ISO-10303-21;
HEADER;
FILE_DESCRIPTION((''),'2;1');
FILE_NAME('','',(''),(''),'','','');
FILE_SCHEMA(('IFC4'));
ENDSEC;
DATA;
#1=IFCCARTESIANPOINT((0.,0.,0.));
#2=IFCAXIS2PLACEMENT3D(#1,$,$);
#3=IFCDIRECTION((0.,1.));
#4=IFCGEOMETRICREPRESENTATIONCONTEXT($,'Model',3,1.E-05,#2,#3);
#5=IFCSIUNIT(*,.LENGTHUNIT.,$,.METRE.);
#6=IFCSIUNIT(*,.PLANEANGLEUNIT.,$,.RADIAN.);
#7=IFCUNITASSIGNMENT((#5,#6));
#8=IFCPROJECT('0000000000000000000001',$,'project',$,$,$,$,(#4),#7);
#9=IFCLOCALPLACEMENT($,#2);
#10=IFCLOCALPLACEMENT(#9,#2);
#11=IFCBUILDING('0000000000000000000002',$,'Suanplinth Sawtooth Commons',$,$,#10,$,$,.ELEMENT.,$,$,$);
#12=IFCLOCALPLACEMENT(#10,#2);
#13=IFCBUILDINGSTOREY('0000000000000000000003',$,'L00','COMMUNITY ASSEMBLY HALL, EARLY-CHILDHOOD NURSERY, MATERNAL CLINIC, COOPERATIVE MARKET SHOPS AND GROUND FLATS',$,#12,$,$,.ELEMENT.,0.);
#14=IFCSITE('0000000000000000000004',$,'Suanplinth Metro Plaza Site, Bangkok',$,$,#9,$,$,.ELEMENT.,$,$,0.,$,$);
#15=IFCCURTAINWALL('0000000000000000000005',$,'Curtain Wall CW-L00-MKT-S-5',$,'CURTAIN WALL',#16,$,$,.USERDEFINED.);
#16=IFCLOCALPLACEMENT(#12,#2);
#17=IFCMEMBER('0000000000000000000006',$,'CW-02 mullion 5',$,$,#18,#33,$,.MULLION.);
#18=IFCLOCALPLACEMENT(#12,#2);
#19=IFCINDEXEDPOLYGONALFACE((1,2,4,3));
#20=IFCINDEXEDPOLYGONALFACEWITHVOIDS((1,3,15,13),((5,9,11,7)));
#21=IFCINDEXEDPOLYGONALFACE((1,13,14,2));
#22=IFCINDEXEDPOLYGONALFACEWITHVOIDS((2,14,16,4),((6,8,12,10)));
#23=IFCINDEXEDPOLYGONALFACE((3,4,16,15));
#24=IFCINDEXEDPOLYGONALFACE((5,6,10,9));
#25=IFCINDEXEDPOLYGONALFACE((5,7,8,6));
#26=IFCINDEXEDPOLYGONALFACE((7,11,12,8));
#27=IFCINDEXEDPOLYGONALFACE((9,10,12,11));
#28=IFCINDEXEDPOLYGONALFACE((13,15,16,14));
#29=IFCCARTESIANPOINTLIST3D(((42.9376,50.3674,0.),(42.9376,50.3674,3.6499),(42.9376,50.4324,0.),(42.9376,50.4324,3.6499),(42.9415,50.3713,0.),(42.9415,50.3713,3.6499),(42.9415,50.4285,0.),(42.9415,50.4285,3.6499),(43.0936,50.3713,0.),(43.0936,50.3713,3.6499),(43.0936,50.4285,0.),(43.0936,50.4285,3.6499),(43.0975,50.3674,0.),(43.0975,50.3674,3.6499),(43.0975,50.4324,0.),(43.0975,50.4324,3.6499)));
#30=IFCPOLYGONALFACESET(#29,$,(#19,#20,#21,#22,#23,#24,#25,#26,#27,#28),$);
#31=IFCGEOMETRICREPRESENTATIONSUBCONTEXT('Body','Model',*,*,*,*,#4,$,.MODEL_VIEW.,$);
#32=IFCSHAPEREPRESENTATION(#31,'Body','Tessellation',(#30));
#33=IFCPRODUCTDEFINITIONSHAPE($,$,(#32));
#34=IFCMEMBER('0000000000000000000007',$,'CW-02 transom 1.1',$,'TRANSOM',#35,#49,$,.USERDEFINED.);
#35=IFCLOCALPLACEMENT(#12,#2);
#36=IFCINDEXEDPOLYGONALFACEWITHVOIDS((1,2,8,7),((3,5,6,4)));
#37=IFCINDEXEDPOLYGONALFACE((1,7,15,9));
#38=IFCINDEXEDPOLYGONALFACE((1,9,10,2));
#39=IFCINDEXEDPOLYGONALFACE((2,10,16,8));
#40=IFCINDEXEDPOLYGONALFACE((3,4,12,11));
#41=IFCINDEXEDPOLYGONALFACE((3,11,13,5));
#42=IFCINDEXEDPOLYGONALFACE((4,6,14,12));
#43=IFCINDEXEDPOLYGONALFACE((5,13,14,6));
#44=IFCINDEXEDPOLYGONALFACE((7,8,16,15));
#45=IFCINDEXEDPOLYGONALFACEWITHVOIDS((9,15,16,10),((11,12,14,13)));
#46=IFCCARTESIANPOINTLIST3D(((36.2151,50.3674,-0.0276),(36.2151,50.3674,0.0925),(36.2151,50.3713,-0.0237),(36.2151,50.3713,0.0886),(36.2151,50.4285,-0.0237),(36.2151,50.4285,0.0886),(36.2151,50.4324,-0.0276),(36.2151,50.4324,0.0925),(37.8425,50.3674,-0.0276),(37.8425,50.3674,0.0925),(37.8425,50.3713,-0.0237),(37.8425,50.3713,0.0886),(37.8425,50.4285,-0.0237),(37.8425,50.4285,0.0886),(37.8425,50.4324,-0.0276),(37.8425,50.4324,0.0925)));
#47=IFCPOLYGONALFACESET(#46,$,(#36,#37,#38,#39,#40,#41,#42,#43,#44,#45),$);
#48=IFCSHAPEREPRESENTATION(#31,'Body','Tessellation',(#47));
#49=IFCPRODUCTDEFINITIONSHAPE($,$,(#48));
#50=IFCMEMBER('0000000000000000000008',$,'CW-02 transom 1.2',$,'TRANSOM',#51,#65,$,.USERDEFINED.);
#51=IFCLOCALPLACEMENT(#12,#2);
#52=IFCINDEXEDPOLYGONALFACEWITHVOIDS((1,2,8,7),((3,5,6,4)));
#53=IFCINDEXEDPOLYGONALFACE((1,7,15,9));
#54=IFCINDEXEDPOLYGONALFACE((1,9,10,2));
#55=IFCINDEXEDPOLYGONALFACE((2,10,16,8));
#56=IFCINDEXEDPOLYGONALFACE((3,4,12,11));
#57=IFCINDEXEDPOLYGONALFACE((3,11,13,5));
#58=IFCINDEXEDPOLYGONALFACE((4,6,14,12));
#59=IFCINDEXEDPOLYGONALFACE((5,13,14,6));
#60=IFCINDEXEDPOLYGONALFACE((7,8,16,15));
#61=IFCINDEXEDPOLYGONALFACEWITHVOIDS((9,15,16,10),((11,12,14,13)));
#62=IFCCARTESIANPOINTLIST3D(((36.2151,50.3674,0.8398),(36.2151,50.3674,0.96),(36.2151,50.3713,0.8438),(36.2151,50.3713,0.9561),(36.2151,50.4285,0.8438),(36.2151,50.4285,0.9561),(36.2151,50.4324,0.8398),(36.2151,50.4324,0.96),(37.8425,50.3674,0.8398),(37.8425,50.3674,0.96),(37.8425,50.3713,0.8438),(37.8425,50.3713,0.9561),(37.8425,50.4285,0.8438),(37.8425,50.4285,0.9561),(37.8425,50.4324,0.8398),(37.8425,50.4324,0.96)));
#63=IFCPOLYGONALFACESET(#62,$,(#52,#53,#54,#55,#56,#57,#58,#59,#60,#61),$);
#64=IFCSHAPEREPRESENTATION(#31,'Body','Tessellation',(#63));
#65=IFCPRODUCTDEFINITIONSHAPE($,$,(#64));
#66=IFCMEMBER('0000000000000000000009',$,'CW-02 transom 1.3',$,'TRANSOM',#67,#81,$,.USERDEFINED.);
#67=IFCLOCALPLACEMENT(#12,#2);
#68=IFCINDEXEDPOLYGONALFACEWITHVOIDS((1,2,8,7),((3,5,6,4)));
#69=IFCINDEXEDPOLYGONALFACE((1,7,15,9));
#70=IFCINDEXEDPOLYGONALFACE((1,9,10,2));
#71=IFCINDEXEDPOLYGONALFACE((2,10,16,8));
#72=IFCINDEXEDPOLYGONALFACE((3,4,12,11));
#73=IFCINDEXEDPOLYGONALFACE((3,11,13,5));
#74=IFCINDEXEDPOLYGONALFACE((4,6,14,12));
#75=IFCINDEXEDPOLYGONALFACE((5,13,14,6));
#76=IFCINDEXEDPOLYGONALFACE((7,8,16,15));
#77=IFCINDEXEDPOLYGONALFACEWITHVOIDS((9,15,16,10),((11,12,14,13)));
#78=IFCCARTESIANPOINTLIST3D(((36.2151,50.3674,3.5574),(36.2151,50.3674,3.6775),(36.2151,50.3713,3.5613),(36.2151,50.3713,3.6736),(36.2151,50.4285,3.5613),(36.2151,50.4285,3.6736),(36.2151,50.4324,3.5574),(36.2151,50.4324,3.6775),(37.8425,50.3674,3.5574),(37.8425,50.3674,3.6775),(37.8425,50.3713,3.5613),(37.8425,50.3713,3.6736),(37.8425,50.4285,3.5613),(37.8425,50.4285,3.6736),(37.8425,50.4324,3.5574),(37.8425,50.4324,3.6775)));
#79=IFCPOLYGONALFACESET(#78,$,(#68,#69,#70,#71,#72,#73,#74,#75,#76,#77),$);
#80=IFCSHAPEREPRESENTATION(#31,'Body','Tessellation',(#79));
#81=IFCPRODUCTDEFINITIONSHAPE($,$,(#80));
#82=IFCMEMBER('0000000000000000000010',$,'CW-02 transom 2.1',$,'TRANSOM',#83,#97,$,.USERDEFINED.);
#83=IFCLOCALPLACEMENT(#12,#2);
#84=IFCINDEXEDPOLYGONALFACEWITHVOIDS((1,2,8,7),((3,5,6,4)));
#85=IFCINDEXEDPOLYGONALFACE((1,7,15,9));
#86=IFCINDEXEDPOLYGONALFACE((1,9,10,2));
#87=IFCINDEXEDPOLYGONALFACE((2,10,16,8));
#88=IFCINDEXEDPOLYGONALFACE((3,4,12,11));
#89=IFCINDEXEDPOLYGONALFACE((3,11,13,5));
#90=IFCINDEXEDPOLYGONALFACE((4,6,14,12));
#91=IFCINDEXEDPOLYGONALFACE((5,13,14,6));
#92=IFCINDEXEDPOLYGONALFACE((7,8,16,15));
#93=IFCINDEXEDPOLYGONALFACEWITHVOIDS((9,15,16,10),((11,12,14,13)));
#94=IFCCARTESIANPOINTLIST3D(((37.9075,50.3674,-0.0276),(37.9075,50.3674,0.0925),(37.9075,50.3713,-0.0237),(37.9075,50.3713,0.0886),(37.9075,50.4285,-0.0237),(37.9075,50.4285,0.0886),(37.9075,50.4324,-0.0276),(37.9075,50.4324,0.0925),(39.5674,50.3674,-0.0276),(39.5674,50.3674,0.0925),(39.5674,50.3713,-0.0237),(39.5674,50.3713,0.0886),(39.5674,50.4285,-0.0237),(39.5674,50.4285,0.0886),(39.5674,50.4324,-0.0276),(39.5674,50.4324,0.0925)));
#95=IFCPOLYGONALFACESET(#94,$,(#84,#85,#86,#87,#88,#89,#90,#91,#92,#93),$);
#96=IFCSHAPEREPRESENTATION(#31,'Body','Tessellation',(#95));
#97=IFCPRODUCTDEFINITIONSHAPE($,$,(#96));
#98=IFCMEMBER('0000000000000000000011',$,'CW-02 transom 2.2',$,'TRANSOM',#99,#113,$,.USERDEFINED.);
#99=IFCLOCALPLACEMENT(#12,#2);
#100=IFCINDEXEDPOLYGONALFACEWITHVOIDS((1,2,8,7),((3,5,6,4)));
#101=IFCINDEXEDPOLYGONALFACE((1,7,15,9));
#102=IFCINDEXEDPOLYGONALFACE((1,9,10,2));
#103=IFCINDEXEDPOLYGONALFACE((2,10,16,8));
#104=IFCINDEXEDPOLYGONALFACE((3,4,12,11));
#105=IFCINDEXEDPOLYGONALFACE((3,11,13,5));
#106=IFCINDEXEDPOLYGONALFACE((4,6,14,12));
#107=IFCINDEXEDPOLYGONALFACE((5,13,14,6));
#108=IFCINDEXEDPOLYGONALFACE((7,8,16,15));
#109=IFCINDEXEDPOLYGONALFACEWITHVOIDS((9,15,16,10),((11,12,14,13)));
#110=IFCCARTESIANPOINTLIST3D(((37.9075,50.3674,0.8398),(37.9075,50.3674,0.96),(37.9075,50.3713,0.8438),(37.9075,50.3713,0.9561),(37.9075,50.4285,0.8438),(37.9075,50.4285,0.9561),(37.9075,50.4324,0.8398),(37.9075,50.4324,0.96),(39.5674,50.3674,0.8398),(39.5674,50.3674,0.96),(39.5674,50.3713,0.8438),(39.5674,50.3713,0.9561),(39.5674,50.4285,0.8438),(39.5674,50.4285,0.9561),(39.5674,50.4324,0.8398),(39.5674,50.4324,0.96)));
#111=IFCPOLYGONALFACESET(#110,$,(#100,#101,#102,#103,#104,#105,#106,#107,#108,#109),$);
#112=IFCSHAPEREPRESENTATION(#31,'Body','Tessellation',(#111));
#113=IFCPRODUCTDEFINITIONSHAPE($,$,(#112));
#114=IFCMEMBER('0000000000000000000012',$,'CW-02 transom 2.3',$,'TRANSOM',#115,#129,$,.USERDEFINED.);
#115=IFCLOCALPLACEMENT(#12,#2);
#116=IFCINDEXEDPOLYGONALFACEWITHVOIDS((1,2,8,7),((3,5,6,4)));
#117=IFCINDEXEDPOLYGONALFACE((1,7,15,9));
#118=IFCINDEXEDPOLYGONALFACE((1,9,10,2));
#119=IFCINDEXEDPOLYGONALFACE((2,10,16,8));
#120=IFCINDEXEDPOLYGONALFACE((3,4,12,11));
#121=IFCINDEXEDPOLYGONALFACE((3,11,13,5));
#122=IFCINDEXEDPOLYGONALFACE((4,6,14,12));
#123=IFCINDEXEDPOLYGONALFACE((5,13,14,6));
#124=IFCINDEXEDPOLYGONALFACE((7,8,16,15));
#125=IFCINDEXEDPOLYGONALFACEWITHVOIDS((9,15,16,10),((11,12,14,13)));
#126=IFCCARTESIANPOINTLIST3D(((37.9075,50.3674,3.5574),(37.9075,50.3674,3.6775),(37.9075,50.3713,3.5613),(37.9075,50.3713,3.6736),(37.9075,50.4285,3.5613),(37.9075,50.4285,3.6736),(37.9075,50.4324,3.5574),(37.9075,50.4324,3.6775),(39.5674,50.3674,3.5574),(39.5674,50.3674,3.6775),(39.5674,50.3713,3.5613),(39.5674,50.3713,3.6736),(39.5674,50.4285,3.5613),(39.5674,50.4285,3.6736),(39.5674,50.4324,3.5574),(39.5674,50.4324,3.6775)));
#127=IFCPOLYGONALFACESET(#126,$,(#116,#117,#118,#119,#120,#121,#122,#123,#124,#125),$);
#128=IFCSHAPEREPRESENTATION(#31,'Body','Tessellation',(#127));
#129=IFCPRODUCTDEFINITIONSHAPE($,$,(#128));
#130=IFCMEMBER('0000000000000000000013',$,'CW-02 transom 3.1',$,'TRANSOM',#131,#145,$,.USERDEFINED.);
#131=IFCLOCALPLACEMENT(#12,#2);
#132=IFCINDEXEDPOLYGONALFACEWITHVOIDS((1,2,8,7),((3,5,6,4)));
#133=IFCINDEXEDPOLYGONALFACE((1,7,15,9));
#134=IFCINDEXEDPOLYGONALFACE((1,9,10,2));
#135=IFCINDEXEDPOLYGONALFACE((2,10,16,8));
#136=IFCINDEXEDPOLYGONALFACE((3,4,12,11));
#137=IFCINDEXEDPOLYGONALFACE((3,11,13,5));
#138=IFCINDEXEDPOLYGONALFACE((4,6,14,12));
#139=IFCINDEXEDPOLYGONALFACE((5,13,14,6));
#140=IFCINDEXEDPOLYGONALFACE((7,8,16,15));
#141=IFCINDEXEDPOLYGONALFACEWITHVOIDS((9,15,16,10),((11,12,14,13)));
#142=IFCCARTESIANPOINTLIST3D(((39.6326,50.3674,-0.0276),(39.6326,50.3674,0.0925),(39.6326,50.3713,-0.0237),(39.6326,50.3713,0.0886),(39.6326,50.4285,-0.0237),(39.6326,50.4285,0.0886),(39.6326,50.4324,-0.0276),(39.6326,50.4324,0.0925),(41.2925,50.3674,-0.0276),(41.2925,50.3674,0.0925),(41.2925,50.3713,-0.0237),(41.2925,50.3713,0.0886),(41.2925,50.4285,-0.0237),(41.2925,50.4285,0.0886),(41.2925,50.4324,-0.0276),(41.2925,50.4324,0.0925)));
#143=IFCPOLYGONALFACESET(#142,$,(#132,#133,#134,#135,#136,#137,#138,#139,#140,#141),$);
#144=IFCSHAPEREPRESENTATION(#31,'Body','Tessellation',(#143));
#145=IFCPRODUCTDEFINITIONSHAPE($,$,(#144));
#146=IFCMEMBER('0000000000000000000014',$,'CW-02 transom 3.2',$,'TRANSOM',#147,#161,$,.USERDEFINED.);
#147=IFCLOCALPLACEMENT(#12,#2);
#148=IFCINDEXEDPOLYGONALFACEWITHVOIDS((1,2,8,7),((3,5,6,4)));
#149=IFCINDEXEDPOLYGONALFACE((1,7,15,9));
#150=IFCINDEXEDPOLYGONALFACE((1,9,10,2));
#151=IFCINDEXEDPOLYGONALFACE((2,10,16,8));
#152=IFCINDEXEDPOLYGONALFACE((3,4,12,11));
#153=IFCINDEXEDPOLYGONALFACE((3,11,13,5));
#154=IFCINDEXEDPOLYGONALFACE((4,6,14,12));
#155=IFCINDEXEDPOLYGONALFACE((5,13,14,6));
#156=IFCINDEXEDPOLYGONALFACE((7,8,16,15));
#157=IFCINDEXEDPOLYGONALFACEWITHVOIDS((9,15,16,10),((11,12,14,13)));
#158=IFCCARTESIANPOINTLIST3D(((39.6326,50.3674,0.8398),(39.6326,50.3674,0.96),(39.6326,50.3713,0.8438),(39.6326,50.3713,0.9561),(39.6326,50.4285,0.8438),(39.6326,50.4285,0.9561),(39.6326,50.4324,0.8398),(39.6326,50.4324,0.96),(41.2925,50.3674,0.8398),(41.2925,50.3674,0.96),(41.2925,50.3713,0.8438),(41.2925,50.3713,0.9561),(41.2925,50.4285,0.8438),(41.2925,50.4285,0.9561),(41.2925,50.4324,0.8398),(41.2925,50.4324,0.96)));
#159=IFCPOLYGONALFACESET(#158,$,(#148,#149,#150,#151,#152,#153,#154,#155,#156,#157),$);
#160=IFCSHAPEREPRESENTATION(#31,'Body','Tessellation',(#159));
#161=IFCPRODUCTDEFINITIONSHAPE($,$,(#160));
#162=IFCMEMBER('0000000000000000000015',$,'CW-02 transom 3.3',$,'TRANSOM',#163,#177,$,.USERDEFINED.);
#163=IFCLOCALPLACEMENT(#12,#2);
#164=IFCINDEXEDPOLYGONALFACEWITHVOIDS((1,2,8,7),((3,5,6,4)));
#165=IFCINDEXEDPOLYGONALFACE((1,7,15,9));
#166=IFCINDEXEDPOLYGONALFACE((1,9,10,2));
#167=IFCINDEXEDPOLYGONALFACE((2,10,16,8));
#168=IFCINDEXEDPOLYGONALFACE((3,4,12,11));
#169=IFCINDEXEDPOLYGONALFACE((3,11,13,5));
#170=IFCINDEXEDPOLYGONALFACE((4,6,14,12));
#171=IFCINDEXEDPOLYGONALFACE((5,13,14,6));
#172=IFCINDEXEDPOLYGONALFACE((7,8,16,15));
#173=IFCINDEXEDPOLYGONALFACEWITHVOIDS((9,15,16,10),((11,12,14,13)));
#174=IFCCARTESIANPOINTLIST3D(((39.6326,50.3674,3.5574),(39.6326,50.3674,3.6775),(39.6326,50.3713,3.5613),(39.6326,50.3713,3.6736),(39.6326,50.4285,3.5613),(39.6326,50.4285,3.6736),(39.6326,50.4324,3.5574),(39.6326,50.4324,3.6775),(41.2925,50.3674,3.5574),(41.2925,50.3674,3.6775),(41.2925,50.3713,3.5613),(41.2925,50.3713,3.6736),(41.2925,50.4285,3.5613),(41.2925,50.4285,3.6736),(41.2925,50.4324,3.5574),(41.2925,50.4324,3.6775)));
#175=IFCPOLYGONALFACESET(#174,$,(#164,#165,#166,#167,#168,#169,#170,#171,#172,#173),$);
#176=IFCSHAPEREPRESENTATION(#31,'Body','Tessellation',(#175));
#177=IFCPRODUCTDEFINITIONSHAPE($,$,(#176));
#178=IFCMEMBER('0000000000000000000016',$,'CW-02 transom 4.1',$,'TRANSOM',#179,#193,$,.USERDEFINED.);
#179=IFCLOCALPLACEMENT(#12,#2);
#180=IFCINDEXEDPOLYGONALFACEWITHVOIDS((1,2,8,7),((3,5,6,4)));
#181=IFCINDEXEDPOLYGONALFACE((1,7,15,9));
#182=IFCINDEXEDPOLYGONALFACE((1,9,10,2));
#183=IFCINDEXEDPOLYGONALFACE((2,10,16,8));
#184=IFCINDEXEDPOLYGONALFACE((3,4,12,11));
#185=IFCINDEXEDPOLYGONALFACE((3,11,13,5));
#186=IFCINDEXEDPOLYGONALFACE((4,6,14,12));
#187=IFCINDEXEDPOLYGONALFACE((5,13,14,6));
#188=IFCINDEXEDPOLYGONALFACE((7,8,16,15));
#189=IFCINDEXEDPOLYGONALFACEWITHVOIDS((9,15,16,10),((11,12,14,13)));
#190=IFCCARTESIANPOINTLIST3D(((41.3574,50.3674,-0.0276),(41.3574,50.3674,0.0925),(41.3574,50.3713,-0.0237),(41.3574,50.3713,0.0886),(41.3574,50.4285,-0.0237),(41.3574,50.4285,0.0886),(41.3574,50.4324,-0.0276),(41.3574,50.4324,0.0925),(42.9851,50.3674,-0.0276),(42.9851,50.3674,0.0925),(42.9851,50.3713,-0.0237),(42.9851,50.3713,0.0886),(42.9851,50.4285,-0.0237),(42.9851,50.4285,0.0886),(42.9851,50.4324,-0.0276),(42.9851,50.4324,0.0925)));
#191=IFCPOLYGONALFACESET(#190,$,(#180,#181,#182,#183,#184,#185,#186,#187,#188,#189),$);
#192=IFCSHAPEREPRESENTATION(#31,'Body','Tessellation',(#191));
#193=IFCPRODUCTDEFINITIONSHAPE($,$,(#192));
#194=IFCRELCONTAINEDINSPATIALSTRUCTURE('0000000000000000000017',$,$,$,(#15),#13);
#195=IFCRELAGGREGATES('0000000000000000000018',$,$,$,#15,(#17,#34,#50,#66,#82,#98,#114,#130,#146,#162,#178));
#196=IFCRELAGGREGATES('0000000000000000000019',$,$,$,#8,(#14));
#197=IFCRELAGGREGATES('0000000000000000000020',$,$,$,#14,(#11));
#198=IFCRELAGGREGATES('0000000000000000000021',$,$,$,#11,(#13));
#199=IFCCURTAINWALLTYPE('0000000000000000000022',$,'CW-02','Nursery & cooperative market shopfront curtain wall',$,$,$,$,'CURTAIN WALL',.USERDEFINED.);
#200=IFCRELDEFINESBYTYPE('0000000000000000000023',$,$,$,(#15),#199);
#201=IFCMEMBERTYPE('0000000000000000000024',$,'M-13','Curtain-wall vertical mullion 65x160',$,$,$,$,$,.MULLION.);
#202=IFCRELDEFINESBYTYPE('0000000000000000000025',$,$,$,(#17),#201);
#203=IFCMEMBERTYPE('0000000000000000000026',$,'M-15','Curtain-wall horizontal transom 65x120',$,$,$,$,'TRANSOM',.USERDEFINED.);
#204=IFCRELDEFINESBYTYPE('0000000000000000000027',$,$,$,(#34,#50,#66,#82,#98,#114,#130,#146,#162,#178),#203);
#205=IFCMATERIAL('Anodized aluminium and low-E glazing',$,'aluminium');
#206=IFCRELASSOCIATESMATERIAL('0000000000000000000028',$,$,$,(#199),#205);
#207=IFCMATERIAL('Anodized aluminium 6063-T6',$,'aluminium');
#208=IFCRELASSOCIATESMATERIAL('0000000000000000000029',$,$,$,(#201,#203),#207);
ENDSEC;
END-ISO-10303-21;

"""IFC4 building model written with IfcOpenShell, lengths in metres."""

from ifc_helpers import new_model, si_unit, direction, frame, origin, origin_2d, place, context, subcontext, project, spatial, hollow_rectangle, extrude, material, material_profile, profile_set, type_object, element, aggregate, save


model = new_model("IFC4")

# Units and contexts
model_context = context("Model", 3, precision=1e-05, world=origin(), true_north=direction((0.0, 1.0)))
body_context = subcontext(model_context, "Body", "Model", "MODEL_VIEW")
ifc_project = project(units=[si_unit("LENGTHUNIT", "METRE"), si_unit("PLANEANGLEUNIT", "RADIAN")], contexts=[model_context])

# Site, building, storey
site_placement = place(None, origin())
site = spatial("IfcSite", under=ifc_project, at=site_placement, Name="Suanplinth Metro Plaza Site, Bangkok", CompositionType="ELEMENT", RefElevation=0.0)
building_placement = place(site_placement, origin())
building = spatial("IfcBuilding", under=site, at=building_placement, Name="Suanplinth Sawtooth Commons", CompositionType="ELEMENT")
storey_placement = place(building_placement, origin())
storey = spatial("IfcBuildingStorey", under=building, at=storey_placement, Name="L00", Description="COMMUNITY ASSEMBLY HALL, EARLY-CHILDHOOD NURSERY, MATERNAL CLINIC, COOPERATIVE MARKET SHOPS AND GROUND FLATS", CompositionType="ELEMENT", Elevation=0.0)

# Shared definitions
ifc_material_1 = material(Name="Anodized aluminium and low-E glazing", Category="aluminium")
curtain_wall_type = type_object("IfcCurtainWallType", Name="CW-02", Description="Nursery & cooperative market shopfront curtain wall", ElementType="CURTAIN WALL", PredefinedType="USERDEFINED", material=ifc_material_1)
ifc_material_2 = material(Name="Anodized aluminium 6063-T6", Category="aluminium")
ifc_material_profile_1 = material_profile(ifc_material_2, hollow_rectangle(XDim=0.0649, YDim=0.1599, WallThickness=0.0039, at=origin_2d()), Name="ALU-MUL 65x160")
ifc_profile_set_1 = profile_set([ifc_material_profile_1], Name="Anodized aluminium 6063-T6")
member_type_1 = type_object("IfcMemberType", Name="M-13", Description="Curtain-wall vertical mullion 65x160", PredefinedType="MULLION", material=ifc_profile_set_1)

# Curtain wall, members
curtain_wall_1_placement = place(storey_placement, origin())
curtain_wall_1 = element("IfcCurtainWall", 1, at=curtain_wall_1_placement, inside=storey, type_object=curtain_wall_type, Name="Curtain Wall CW-L00-MKT-S-5", ObjectType="CURTAIN WALL", PredefinedType="USERDEFINED")
member_1_placement = place(storey_placement, frame((43.0176, 50.3999, 0.0), z_axis=(0.0, 0.0, 1.0), x_axis=(0.0, 1.0, 0.0)))
member_1 = element("IfcMember", 2, at=member_1_placement, type_object=member_type_1, Name="CW-02 mullion 5", PredefinedType="MULLION", context=body_context, shape_type="SweptSolid", body=[
    extrude(hollow_rectangle(XDim=0.0649, YDim=0.1599, WallThickness=0.0039, at=origin_2d()), origin(), (0.0, 0.0, 1.0), 3.6499),
])
ifc_material_profile_2 = material_profile(ifc_material_2, hollow_rectangle(XDim=0.0649, YDim=0.1201, WallThickness=0.0039, at=origin_2d()), Name="ALU-TRN 65x120")
ifc_profile_set_2 = profile_set([ifc_material_profile_2], Name="Anodized aluminium 6063-T6")
member_type_2 = type_object("IfcMemberType", Name="M-15", Description="Curtain-wall horizontal transom 65x120", ElementType="TRANSOM", PredefinedType="USERDEFINED", material=ifc_profile_set_2)
member_2_placement = place(storey_placement, frame((36.2151, 50.3999, 0.0325), z_axis=(1.0, 0.0, 0.0), x_axis=(0.0, 1.0, 0.0)))
member_2 = element("IfcMember", 3, at=member_2_placement, type_object=member_type_2, Name="CW-02 transom 1.1", ObjectType="TRANSOM", PredefinedType="USERDEFINED", context=body_context, shape_type="SweptSolid", body=[
    extrude(hollow_rectangle(XDim=0.0649, YDim=0.1201, WallThickness=0.0039, at=origin_2d()), origin(), (0.0, 0.0, 1.0), 1.6274),
])
member_3_placement = place(storey_placement, frame((36.2151, 50.3999, 0.8999), z_axis=(1.0, 0.0, 0.0), x_axis=(0.0, 1.0, 0.0)))
member_3 = element("IfcMember", 4, at=member_3_placement, type_object=member_type_2, Name="CW-02 transom 1.2", ObjectType="TRANSOM", PredefinedType="USERDEFINED", context=body_context, shape_type="SweptSolid", body=[
    extrude(hollow_rectangle(XDim=0.0649, YDim=0.1201, WallThickness=0.0039, at=origin_2d()), origin(), (0.0, 0.0, 1.0), 1.6274),
])
member_4_placement = place(storey_placement, frame((36.2151, 50.3999, 3.6174), z_axis=(1.0, 0.0, 0.0), x_axis=(0.0, 1.0, 0.0)))
member_4 = element("IfcMember", 5, at=member_4_placement, type_object=member_type_2, Name="CW-02 transom 1.3", ObjectType="TRANSOM", PredefinedType="USERDEFINED", context=body_context, shape_type="SweptSolid", body=[
    extrude(hollow_rectangle(XDim=0.0649, YDim=0.1201, WallThickness=0.0039, at=origin_2d()), origin(), (0.0, 0.0, 1.0), 1.6274),
])
member_5_placement = place(storey_placement, frame((37.9075, 50.3999, 0.0325), z_axis=(1.0, 0.0, 0.0), x_axis=(0.0, 1.0, 0.0)))
member_5 = element("IfcMember", 6, at=member_5_placement, type_object=member_type_2, Name="CW-02 transom 2.1", ObjectType="TRANSOM", PredefinedType="USERDEFINED", context=body_context, shape_type="SweptSolid", body=[
    extrude(hollow_rectangle(XDim=0.0649, YDim=0.1201, WallThickness=0.0039, at=origin_2d()), origin(), (0.0, 0.0, 1.0), 1.6599),
])
member_6_placement = place(storey_placement, frame((37.9075, 50.3999, 0.8999), z_axis=(1.0, 0.0, 0.0), x_axis=(0.0, 1.0, 0.0)))
member_6 = element("IfcMember", 7, at=member_6_placement, type_object=member_type_2, Name="CW-02 transom 2.2", ObjectType="TRANSOM", PredefinedType="USERDEFINED", context=body_context, shape_type="SweptSolid", body=[
    extrude(hollow_rectangle(XDim=0.0649, YDim=0.1201, WallThickness=0.0039, at=origin_2d()), origin(), (0.0, 0.0, 1.0), 1.6599),
])
member_7_placement = place(storey_placement, frame((37.9075, 50.3999, 3.6174), z_axis=(1.0, 0.0, 0.0), x_axis=(0.0, 1.0, 0.0)))
member_7 = element("IfcMember", 8, at=member_7_placement, type_object=member_type_2, Name="CW-02 transom 2.3", ObjectType="TRANSOM", PredefinedType="USERDEFINED", context=body_context, shape_type="SweptSolid", body=[
    extrude(hollow_rectangle(XDim=0.0649, YDim=0.1201, WallThickness=0.0039, at=origin_2d()), origin(), (0.0, 0.0, 1.0), 1.6599),
])
member_8_placement = place(storey_placement, frame((39.6326, 50.3999, 0.0325), z_axis=(1.0, 0.0, 0.0), x_axis=(0.0, 1.0, 0.0)))
member_8 = element("IfcMember", 9, at=member_8_placement, type_object=member_type_2, Name="CW-02 transom 3.1", ObjectType="TRANSOM", PredefinedType="USERDEFINED", context=body_context, shape_type="SweptSolid", body=[
    extrude(hollow_rectangle(XDim=0.0649, YDim=0.1201, WallThickness=0.0039, at=origin_2d()), origin(), (0.0, 0.0, 1.0), 1.6599),
])
member_9_placement = place(storey_placement, frame((39.6326, 50.3999, 0.8999), z_axis=(1.0, 0.0, 0.0), x_axis=(0.0, 1.0, 0.0)))
member_9 = element("IfcMember", 10, at=member_9_placement, type_object=member_type_2, Name="CW-02 transom 3.2", ObjectType="TRANSOM", PredefinedType="USERDEFINED", context=body_context, shape_type="SweptSolid", body=[
    extrude(hollow_rectangle(XDim=0.0649, YDim=0.1201, WallThickness=0.0039, at=origin_2d()), origin(), (0.0, 0.0, 1.0), 1.6599),
])
member_10_placement = place(storey_placement, frame((39.6326, 50.3999, 3.6174), z_axis=(1.0, 0.0, 0.0), x_axis=(0.0, 1.0, 0.0)))
member_10 = element("IfcMember", 11, at=member_10_placement, type_object=member_type_2, Name="CW-02 transom 3.3", ObjectType="TRANSOM", PredefinedType="USERDEFINED", context=body_context, shape_type="SweptSolid", body=[
    extrude(hollow_rectangle(XDim=0.0649, YDim=0.1201, WallThickness=0.0039, at=origin_2d()), origin(), (0.0, 0.0, 1.0), 1.6599),
])
member_11_placement = place(storey_placement, frame((41.3574, 50.3999, 0.0325), z_axis=(1.0, 0.0, 0.0), x_axis=(0.0, 1.0, 0.0)))
member_11 = element("IfcMember", 12, at=member_11_placement, type_object=member_type_2, Name="CW-02 transom 4.1", ObjectType="TRANSOM", PredefinedType="USERDEFINED", context=body_context, shape_type="SweptSolid", body=[
    extrude(hollow_rectangle(XDim=0.0649, YDim=0.1201, WallThickness=0.0039, at=origin_2d()), origin(), (0.0, 0.0, 1.0), 1.6277),
])

aggregate(curtain_wall_1, [member_1, member_2, member_3, member_4, member_5, member_6, member_7, member_8, member_9, member_10, member_11])

save(model, "model.ifc")
